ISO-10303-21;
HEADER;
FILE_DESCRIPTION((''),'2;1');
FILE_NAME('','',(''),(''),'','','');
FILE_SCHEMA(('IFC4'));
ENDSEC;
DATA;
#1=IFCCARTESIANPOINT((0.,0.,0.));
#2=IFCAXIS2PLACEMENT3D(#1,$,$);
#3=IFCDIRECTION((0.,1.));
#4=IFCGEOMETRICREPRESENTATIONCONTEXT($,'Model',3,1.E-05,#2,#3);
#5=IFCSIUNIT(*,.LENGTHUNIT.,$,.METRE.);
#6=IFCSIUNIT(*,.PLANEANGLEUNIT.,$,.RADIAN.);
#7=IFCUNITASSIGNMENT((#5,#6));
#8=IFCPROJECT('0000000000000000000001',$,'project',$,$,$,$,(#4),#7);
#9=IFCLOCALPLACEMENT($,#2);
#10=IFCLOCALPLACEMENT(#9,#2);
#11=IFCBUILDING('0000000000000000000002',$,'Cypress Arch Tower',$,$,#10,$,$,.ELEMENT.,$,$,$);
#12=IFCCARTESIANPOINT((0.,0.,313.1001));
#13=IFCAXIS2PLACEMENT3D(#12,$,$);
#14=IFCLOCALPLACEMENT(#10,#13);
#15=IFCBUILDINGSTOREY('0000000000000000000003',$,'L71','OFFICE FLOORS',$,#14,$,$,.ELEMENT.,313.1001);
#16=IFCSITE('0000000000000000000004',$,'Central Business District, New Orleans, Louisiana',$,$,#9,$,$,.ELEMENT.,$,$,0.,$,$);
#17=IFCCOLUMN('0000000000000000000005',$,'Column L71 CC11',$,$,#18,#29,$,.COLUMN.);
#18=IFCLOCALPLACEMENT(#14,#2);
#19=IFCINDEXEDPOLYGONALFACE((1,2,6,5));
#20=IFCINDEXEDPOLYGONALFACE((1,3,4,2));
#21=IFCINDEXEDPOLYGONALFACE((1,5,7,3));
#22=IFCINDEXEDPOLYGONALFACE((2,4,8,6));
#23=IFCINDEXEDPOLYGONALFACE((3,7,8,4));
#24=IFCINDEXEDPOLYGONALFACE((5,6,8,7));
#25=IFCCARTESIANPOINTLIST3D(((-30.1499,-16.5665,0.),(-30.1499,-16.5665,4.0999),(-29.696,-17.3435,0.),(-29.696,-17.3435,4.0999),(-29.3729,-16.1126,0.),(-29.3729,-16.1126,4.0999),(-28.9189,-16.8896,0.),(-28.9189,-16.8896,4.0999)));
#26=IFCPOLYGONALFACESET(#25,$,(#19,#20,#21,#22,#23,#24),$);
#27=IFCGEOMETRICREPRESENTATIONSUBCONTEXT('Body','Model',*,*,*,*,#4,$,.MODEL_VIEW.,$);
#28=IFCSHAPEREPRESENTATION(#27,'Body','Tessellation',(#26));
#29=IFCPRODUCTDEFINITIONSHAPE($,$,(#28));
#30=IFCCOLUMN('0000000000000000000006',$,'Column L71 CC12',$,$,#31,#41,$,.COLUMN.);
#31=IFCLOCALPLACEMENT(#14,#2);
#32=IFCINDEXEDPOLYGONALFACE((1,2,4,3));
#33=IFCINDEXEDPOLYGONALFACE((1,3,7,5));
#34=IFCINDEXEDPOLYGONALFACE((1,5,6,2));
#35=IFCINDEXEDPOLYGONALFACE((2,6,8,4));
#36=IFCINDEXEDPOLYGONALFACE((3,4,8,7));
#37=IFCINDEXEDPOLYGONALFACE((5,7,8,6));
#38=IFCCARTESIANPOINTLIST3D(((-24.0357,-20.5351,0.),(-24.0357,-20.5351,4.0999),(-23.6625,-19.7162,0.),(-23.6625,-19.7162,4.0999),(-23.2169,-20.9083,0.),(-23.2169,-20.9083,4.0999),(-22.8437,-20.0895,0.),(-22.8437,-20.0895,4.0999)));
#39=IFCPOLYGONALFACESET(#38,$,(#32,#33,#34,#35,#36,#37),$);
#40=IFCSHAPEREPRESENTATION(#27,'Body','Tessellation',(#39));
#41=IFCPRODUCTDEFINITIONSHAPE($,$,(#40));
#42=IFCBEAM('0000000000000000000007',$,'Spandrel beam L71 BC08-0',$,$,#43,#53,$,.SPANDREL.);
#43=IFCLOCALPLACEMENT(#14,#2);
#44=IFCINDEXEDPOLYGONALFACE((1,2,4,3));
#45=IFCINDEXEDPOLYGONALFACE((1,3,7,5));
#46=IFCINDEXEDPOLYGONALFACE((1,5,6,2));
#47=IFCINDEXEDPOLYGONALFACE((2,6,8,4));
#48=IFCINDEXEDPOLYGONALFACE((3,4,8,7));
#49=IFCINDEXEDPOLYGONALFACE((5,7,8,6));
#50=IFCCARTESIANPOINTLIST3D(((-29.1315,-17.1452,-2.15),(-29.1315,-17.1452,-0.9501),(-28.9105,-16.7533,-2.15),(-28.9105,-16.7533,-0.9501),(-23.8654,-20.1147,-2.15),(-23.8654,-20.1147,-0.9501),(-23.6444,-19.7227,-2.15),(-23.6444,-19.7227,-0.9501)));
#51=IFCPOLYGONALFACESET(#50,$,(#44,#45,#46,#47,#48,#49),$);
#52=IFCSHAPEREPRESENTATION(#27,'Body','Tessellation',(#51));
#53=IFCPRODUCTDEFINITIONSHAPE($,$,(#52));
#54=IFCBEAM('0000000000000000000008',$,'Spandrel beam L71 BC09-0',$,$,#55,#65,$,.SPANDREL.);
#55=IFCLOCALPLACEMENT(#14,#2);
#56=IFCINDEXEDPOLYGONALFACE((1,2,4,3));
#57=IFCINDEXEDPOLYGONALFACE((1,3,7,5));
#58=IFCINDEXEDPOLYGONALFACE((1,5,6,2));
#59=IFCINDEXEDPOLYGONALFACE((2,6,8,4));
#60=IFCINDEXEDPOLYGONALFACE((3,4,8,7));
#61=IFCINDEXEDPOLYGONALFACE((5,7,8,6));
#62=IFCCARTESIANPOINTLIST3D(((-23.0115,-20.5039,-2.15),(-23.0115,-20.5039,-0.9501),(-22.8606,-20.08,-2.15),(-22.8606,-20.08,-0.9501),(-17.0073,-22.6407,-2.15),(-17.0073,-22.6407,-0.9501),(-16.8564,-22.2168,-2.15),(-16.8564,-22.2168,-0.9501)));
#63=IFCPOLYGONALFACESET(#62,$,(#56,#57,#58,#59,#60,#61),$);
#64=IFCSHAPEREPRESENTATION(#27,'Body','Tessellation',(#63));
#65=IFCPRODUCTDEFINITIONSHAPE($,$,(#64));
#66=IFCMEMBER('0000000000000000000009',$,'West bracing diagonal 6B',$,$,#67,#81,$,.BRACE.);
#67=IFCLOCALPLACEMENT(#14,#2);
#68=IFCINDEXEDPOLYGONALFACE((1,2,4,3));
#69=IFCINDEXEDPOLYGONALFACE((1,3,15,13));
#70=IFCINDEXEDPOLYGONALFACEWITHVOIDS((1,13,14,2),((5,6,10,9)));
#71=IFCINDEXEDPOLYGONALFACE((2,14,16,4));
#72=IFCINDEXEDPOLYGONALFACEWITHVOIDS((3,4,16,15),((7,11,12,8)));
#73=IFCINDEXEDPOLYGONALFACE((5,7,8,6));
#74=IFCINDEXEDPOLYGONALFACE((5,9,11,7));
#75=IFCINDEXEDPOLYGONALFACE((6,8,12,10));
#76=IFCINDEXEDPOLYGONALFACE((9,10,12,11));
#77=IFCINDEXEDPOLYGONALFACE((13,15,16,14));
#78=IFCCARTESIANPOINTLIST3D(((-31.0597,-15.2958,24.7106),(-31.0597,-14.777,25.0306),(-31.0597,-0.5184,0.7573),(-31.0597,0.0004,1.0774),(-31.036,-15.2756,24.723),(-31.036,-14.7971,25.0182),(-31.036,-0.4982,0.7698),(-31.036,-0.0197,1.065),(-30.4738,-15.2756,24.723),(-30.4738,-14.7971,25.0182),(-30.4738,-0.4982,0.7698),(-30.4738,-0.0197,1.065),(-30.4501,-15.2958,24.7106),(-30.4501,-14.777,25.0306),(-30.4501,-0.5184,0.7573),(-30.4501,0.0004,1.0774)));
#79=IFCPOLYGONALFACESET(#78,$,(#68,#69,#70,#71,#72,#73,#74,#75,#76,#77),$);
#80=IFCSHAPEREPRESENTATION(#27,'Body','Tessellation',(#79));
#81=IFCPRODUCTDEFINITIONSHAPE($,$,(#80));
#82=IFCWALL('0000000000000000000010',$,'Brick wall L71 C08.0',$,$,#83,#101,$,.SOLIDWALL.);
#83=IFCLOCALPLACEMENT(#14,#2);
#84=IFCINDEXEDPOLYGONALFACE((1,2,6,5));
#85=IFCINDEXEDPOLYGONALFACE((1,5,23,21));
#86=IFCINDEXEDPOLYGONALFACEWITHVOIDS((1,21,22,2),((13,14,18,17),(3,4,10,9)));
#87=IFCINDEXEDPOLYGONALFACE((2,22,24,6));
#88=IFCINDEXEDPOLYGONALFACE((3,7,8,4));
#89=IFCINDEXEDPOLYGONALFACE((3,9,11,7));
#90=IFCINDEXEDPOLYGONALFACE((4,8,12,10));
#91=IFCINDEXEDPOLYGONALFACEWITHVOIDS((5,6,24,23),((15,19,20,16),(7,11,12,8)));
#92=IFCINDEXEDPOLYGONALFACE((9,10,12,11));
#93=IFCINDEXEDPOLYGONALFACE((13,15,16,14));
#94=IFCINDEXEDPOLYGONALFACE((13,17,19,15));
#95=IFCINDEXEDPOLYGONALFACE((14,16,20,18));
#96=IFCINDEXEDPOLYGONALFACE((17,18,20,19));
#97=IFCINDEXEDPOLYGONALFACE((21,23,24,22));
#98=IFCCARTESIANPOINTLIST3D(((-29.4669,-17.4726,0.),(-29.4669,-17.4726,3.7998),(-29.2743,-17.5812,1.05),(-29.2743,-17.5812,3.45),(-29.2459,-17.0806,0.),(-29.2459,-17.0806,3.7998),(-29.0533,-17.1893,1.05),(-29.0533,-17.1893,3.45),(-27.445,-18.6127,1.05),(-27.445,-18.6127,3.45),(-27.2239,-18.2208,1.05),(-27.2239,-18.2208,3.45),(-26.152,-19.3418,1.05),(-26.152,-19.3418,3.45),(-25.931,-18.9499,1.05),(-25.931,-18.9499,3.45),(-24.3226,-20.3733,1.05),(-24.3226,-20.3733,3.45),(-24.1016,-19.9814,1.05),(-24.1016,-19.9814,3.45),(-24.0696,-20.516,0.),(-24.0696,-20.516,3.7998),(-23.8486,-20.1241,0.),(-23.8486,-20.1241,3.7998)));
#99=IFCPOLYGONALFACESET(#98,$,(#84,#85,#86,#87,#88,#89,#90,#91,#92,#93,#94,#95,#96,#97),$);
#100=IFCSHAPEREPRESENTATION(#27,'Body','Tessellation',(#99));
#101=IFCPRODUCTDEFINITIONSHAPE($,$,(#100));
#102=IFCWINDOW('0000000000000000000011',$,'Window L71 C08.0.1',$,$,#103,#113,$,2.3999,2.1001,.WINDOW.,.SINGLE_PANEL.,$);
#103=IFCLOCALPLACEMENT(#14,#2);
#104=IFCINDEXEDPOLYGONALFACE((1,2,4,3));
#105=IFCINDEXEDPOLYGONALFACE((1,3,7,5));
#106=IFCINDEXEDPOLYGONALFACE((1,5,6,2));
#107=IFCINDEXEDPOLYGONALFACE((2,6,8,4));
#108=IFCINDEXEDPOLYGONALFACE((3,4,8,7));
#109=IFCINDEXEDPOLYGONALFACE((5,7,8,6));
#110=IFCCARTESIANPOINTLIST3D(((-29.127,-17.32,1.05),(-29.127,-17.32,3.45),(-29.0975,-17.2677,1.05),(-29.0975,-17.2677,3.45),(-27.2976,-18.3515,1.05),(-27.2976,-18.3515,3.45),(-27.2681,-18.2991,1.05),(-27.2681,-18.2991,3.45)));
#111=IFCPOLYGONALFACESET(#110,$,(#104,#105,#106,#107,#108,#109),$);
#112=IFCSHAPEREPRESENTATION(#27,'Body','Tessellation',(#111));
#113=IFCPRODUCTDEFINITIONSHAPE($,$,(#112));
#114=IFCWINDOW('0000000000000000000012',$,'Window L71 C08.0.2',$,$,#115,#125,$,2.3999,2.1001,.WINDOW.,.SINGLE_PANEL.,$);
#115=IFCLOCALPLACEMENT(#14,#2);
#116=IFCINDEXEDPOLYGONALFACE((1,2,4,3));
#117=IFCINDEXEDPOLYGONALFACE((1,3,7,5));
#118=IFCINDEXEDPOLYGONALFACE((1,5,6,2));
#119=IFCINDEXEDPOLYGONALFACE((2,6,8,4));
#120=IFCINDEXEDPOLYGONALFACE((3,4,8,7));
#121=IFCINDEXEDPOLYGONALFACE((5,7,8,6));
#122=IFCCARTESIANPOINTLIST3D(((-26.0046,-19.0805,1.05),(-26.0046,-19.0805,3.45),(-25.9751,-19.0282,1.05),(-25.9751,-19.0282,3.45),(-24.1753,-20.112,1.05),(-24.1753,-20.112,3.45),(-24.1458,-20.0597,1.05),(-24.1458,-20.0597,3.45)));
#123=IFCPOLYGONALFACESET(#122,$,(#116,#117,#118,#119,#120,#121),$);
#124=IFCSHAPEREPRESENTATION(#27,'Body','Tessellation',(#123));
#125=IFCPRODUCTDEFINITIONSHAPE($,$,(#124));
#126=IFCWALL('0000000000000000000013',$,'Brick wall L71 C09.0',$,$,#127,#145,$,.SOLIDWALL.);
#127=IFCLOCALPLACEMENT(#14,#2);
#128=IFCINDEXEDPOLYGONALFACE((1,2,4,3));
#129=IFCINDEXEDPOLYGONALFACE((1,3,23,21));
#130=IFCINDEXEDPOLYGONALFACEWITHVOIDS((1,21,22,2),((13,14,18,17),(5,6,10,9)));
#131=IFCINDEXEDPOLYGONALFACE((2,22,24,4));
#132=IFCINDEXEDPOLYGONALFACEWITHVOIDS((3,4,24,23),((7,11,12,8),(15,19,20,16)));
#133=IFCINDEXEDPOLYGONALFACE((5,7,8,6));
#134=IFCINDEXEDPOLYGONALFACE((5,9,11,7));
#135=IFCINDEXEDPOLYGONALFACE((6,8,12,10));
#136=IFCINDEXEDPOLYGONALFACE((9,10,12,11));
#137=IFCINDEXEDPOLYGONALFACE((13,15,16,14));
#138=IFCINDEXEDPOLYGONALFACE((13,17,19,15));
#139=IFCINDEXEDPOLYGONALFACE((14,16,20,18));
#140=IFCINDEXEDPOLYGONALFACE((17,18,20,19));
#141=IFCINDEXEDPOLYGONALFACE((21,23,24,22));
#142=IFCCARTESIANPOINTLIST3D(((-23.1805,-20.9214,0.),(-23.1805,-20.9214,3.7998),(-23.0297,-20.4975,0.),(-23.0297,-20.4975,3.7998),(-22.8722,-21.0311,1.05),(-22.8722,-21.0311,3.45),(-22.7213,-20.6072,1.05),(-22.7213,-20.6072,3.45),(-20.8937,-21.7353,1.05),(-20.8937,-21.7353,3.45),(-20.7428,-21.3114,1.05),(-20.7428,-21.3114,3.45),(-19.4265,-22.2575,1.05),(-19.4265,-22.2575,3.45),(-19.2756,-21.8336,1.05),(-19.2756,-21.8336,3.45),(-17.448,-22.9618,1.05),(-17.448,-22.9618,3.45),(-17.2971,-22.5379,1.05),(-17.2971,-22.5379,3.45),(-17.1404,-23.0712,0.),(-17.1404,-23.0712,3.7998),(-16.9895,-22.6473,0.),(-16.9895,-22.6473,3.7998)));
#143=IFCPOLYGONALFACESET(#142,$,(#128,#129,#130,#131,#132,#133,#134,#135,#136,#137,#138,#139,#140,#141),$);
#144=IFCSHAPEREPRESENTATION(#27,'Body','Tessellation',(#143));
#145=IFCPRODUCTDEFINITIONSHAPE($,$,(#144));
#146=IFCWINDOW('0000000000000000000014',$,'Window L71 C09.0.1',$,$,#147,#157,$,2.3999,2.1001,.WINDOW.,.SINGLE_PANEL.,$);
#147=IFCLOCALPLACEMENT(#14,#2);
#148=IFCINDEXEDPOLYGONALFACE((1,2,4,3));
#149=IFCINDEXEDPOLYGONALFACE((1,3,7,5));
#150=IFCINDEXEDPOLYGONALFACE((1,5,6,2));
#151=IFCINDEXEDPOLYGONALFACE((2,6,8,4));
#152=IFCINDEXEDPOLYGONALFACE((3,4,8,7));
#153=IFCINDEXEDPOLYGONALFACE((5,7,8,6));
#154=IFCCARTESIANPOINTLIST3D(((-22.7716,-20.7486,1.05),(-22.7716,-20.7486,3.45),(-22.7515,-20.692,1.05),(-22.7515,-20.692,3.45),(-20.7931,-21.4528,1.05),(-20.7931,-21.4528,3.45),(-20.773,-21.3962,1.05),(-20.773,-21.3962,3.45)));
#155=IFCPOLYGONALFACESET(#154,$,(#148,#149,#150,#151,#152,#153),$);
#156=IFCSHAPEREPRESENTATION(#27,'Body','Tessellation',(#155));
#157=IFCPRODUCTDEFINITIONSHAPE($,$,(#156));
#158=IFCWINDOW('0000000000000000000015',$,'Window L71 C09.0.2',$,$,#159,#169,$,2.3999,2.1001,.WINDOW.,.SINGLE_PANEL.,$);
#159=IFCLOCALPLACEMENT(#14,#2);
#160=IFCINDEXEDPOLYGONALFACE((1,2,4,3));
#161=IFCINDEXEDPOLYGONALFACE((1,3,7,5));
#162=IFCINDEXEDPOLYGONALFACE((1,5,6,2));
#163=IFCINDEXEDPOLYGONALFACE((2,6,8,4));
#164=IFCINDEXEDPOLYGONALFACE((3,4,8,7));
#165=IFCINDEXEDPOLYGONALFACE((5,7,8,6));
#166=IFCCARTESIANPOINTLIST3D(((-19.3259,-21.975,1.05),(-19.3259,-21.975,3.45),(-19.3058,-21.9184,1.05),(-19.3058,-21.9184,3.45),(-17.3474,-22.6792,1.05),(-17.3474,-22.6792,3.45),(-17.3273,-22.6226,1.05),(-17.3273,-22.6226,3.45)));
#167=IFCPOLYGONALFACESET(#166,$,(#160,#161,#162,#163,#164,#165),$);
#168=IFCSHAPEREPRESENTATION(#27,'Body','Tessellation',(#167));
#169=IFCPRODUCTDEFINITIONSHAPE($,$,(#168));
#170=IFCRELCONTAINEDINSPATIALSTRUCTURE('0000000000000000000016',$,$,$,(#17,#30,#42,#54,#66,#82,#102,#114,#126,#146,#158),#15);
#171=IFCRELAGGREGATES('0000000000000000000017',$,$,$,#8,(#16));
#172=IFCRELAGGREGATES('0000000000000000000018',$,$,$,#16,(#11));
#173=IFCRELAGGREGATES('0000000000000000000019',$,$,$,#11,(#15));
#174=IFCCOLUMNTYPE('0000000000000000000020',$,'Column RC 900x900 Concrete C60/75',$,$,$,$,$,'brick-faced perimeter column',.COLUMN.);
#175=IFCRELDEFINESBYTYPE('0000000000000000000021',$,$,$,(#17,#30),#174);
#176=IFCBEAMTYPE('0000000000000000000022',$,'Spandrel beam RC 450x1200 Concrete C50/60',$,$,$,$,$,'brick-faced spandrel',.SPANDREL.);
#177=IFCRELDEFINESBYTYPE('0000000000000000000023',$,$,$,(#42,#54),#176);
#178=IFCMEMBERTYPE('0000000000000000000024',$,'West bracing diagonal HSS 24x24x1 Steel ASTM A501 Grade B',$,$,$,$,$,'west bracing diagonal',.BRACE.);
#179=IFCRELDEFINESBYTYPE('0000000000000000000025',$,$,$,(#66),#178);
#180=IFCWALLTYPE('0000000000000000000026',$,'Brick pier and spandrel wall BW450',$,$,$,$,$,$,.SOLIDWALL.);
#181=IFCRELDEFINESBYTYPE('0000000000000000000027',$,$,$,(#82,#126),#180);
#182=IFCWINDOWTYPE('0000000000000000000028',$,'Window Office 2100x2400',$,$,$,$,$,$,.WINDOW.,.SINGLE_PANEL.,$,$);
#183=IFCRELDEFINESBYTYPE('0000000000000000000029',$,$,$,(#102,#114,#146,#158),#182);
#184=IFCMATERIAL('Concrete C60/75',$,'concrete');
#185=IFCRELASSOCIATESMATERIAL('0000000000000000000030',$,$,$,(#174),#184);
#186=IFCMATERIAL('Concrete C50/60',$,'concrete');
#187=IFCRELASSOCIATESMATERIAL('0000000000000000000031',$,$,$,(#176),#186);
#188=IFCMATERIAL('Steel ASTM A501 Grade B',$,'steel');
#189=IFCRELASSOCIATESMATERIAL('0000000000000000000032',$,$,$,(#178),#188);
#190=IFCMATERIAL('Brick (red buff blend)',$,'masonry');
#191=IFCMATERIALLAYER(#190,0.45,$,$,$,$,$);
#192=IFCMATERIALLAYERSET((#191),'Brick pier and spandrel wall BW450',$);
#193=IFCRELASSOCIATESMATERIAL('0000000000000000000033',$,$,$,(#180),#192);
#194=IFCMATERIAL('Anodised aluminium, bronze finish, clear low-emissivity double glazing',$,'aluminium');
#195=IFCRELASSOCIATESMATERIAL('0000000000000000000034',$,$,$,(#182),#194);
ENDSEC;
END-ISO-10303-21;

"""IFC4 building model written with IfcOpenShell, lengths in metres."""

from ifc_helpers import new_model, si_unit, direction, frame, frame_2d, origin, origin_2d, place, context, subcontext, project, spatial, rectangle, hollow_rectangle, extrude, material, layer, layer_set, material_profile, profile_set, type_object, element, fill, save


model = new_model("IFC4")

# Units and contexts
model_context = context("Model", 3, precision=1e-05, world=origin(), true_north=direction((0.0, 1.0)))
body_context = subcontext(model_context, "Body", "Model", "MODEL_VIEW")
ifc_project = project(units=[si_unit("LENGTHUNIT", "METRE"), si_unit("PLANEANGLEUNIT", "RADIAN")], contexts=[model_context])

# Site, building, storey
site_placement = place(None, origin())
site = spatial("IfcSite", under=ifc_project, at=site_placement, Name="Central Business District, New Orleans, Louisiana", CompositionType="ELEMENT", RefElevation=0.0)
building_placement = place(site_placement, origin())
building = spatial("IfcBuilding", under=site, at=building_placement, Name="Cypress Arch Tower", CompositionType="ELEMENT")
storey_placement = place(building_placement, frame((0.0, 0.0, 313.1001)))
storey = spatial("IfcBuildingStorey", under=building, at=storey_placement, Name="L71", Description="OFFICE FLOORS", CompositionType="ELEMENT", Elevation=313.1001)

# Columns
ifc_material_1 = material(Name="Concrete C60/75", Category="concrete")
ifc_material_profile_1 = material_profile(ifc_material_1, rectangle(XDim=0.8999, YDim=0.8999, at=origin_2d()), Name="RC 900x900")
ifc_profile_set_1 = profile_set([ifc_material_profile_1], Name="Concrete C60/75")
column_type = type_object("IfcColumnType", Name="Column RC 900x900 Concrete C60/75", ElementType="brick-faced perimeter column", PredefinedType="COLUMN", material=ifc_profile_set_1)
for number, where, z_axis, x_axis, name in (
    (1, (-29.5344, -16.728, 0.0), (0.0, 0.0, 1.0), (0.504399, -0.863471, 0.0), "Column L71 CC11"),
    (2, (-23.4397, -20.3123, 0.0), (0.0, 0.0, 1.0), (0.909932, -0.414757, 0.0), "Column L71 CC12"),
):
    element("IfcColumn", number, at=place(storey_placement, frame(where, z_axis=z_axis, x_axis=x_axis)), inside=storey, type_object=column_type, Name=name, PredefinedType="COLUMN", context=body_context, shape_type="SweptSolid", body=[
        extrude(rectangle(XDim=0.8999, YDim=0.8999, at=origin_2d()), origin(), (0.0, 0.0, 1.0), 4.0999),
    ])

# Beams
ifc_material_2 = material(Name="Concrete C50/60", Category="concrete")
ifc_material_profile_2 = material_profile(ifc_material_2, rectangle(XDim=0.45, YDim=1.2, at=origin_2d()), Name="RC 450x1200")
ifc_profile_set_2 = profile_set([ifc_material_profile_2], Name="Concrete C50/60")
beam_type = type_object("IfcBeamType", Name="Spandrel beam RC 450x1200 Concrete C50/60", ElementType="brick-faced spandrel", PredefinedType="SPANDREL", material=ifc_profile_set_2)
beam_1_placement = place(storey_placement, frame((-29.021, -16.9492, -1.55), z_axis=(0.87106, -0.491177, 0.0), x_axis=(0.491177, 0.87106, 0.0)))
element("IfcBeam", 3, at=beam_1_placement, inside=storey, type_object=beam_type, Name="Spandrel beam L71 BC08-0", PredefinedType="SPANDREL", context=body_context, shape_type="SweptSolid", body=[
    extrude(rectangle(XDim=0.45, YDim=1.2, at=origin_2d()), origin(), (0.0, 0.0, 1.0), 6.0457),
])
beam_2_placement = place(storey_placement, frame((-22.936, -20.292, -1.55), z_axis=(0.94212, -0.335276, 0.0), x_axis=(0.335276, 0.94212, 0.0)))
element("IfcBeam", 4, at=beam_2_placement, inside=storey, type_object=beam_type, Name="Spandrel beam L71 BC09-0", PredefinedType="SPANDREL", context=body_context, shape_type="SweptSolid", body=[
    extrude(rectangle(XDim=0.45, YDim=1.2, at=origin_2d()), origin(), (0.0, 0.0, 1.0), 6.373),
])

# Member
ifc_material_3 = material(Name="Steel ASTM A501 Grade B", Category="steel")
ifc_material_profile_3 = material_profile(ifc_material_3, hollow_rectangle(XDim=0.6096, YDim=0.6096, WallThickness=0.0237, at=origin_2d()), Name="HSS 24x24x1")
ifc_profile_set_3 = profile_set([ifc_material_profile_3], Name="Steel ASTM A501 Grade B")
member_type = type_object("IfcMemberType", Name="West bracing diagonal HSS 24x24x1 Steel ASTM A501 Grade B", ElementType="west bracing diagonal", PredefinedType="BRACE", material=ifc_profile_set_3)
member_placement = place(storey_placement, frame((-30.7549, -15.0364, 24.8706), z_axis=(0.0, 0.52505, -0.851072), x_axis=(-1.0, 0.0, 0.0)))
element("IfcMember", 5, at=member_placement, inside=storey, type_object=member_type, Name="West bracing diagonal 6B", PredefinedType="BRACE", context=body_context, shape_type="SweptSolid", body=[
    extrude(hollow_rectangle(XDim=0.6096, YDim=0.6096, WallThickness=0.0237, at=origin_2d()), origin(), (0.0, 0.0, 1.0), 28.1448),
])

# Walls, openings, windows
ifc_material_4 = material(Name="Brick (red buff blend)", Category="masonry")
ifc_layer_1 = layer(ifc_material_4, 0.45)
ifc_layer_set_1 = layer_set([ifc_layer_1], Name="Brick pier and spandrel wall BW450")
wall_type_1 = type_object("IfcWallType", Name="Brick pier and spandrel wall BW450", PredefinedType="SOLIDWALL", material=ifc_layer_set_1)
wall_1_placement = place(storey_placement, frame((-29.3564, -17.2766, 0.0), z_axis=(0.0, 0.0, 1.0), x_axis=(0.871066, -0.491166, 0.0)))
wall_1 = element("IfcWall", 6, at=wall_1_placement, inside=storey, type_object=wall_type_1, Name="Brick wall L71 C08.0", PredefinedType="SOLIDWALL", context=body_context, shape_type="SweptSolid", body=[
    extrude(rectangle(XDim=6.1963, YDim=0.45, at=frame_2d((3.0981, 0.0))), origin(), (0.0, 0.0, 1.0), 3.7998),
])
opening_1_placement = place(wall_1_placement, frame((0.2212, 0.0, 1.05)))
opening_1 = element("IfcOpeningElement", 7, at=opening_1_placement, cuts=wall_1, PredefinedType="OPENING", context=body_context, shape_type="SweptSolid", body=[
    extrude(rectangle(XDim=2.1001, YDim=2.3999, at=frame_2d((1.05, 1.2))), frame((0.0, 0.2349, 0.0), z_axis=(0.0, -1.0, 0.0), x_axis=(1.0, 0.0, 0.0)), (0.0, 0.0, 1.0), 0.47),
])
opening_2_placement = place(wall_1_placement, frame((3.8057, 0.0, 1.05)))
opening_2 = element("IfcOpeningElement", 8, at=opening_2_placement, cuts=wall_1, PredefinedType="OPENING", context=body_context, shape_type="SweptSolid", body=[
    extrude(rectangle(XDim=2.1001, YDim=2.3999, at=frame_2d((1.05, 1.2))), frame((0.0, 0.2349, 0.0), z_axis=(0.0, -1.0, 0.0), x_axis=(1.0, 0.0, 0.0)), (0.0, 0.0, 1.0), 0.47),
])
ifc_material_5 = material(Name="Anodised aluminium, bronze finish, clear low-emissivity double glazing", Category="aluminium")
window_type = type_object("IfcWindowType", Name="Window Office 2100x2400", PartitioningType="SINGLE_PANEL", PredefinedType="WINDOW", material=ifc_material_5)
window_1_placement = place(opening_1_placement, origin())
window_1 = element("IfcWindow", 9, at=window_1_placement, inside=storey, type_object=window_type, Name="Window L71 C08.0.1", OverallHeight=2.3999, OverallWidth=2.1001, PartitioningType="SINGLE_PANEL", PredefinedType="WINDOW", context=body_context, shape_type="SweptSolid", body=[
    extrude(rectangle(XDim=2.1001, YDim=2.3999, at=frame_2d((1.05, 1.2))), frame((0.0, 0.135, 0.0), z_axis=(0.0, -1.0, 0.0), x_axis=(1.0, 0.0, 0.0)), (0.0, 0.0, 1.0), 0.0601),
])
fill(opening_1, window_1)
window_2_placement = place(opening_2_placement, origin())
window_2 = element("IfcWindow", 10, at=window_2_placement, inside=storey, type_object=window_type, Name="Window L71 C08.0.2", OverallHeight=2.3999, OverallWidth=2.1001, PartitioningType="SINGLE_PANEL", PredefinedType="WINDOW", context=body_context, shape_type="SweptSolid", body=[
    extrude(rectangle(XDim=2.1001, YDim=2.3999, at=frame_2d((1.05, 1.2))), frame((0.0, 0.135, 0.0), z_axis=(0.0, -1.0, 0.0), x_axis=(1.0, 0.0, 0.0)), (0.0, 0.0, 1.0), 0.0601),
])
fill(opening_2, window_2)
wall_2_placement = place(storey_placement, frame((-23.105, -20.7095, 0.0), z_axis=(0.0, 0.0, 1.0), x_axis=(0.942104, -0.335321, 0.0)))
wall_2 = element("IfcWall", 11, at=wall_2_placement, inside=storey, type_object=wall_type_1, Name="Brick wall L71 C09.0", PredefinedType="SOLIDWALL", context=body_context, shape_type="SweptSolid", body=[
    extrude(rectangle(XDim=6.4114, YDim=0.45, at=frame_2d((3.2056, 0.0))), origin(), (0.0, 0.0, 1.0), 3.7998),
])
opening_3_placement = place(wall_2_placement, frame((0.3271, 0.0, 1.05)))
opening_3 = element("IfcOpeningElement", 12, at=opening_3_placement, cuts=wall_2, PredefinedType="OPENING", context=body_context, shape_type="SweptSolid", body=[
    extrude(rectangle(XDim=2.1001, YDim=2.3999, at=frame_2d((1.05, 1.2))), frame((0.0, 0.2349, 0.0), z_axis=(0.0, -1.0, 0.0), x_axis=(1.0, 0.0, 0.0)), (0.0, 0.0, 1.0), 0.47),
])
opening_4_placement = place(wall_2_placement, frame((3.9846, 0.0, 1.05)))
opening_4 = element("IfcOpeningElement", 13, at=opening_4_placement, cuts=wall_2, PredefinedType="OPENING", context=body_context, shape_type="SweptSolid", body=[
    extrude(rectangle(XDim=2.1001, YDim=2.3999, at=frame_2d((1.05, 1.2))), frame((0.0, 0.2349, 0.0), z_axis=(0.0, -1.0, 0.0), x_axis=(1.0, 0.0, 0.0)), (0.0, 0.0, 1.0), 0.47),
])
window_3_placement = place(opening_3_placement, origin())
window_3 = element("IfcWindow", 14, at=window_3_placement, inside=storey, type_object=window_type, Name="Window L71 C09.0.1", OverallHeight=2.3999, OverallWidth=2.1001, PartitioningType="SINGLE_PANEL", PredefinedType="WINDOW", context=body_context, shape_type="SweptSolid", body=[
    extrude(rectangle(XDim=2.1001, YDim=2.3999, at=frame_2d((1.05, 1.2))), frame((0.0, 0.135, 0.0), z_axis=(0.0, -1.0, 0.0), x_axis=(1.0, 0.0, 0.0)), (0.0, 0.0, 1.0), 0.0601),
])
fill(opening_3, window_3)
window_4_placement = place(opening_4_placement, origin())
window_4 = element("IfcWindow", 15, at=window_4_placement, inside=storey, type_object=window_type, Name="Window L71 C09.0.2", OverallHeight=2.3999, OverallWidth=2.1001, PartitioningType="SINGLE_PANEL", PredefinedType="WINDOW", context=body_context, shape_type="SweptSolid", body=[
    extrude(rectangle(XDim=2.1001, YDim=2.3999, at=frame_2d((1.05, 1.2))), frame((0.0, 0.135, 0.0), z_axis=(0.0, -1.0, 0.0), x_axis=(1.0, 0.0, 0.0)), (0.0, 0.0, 1.0), 0.0601),
])
fill(opening_4, window_4)

save(model, "model.ifc")
